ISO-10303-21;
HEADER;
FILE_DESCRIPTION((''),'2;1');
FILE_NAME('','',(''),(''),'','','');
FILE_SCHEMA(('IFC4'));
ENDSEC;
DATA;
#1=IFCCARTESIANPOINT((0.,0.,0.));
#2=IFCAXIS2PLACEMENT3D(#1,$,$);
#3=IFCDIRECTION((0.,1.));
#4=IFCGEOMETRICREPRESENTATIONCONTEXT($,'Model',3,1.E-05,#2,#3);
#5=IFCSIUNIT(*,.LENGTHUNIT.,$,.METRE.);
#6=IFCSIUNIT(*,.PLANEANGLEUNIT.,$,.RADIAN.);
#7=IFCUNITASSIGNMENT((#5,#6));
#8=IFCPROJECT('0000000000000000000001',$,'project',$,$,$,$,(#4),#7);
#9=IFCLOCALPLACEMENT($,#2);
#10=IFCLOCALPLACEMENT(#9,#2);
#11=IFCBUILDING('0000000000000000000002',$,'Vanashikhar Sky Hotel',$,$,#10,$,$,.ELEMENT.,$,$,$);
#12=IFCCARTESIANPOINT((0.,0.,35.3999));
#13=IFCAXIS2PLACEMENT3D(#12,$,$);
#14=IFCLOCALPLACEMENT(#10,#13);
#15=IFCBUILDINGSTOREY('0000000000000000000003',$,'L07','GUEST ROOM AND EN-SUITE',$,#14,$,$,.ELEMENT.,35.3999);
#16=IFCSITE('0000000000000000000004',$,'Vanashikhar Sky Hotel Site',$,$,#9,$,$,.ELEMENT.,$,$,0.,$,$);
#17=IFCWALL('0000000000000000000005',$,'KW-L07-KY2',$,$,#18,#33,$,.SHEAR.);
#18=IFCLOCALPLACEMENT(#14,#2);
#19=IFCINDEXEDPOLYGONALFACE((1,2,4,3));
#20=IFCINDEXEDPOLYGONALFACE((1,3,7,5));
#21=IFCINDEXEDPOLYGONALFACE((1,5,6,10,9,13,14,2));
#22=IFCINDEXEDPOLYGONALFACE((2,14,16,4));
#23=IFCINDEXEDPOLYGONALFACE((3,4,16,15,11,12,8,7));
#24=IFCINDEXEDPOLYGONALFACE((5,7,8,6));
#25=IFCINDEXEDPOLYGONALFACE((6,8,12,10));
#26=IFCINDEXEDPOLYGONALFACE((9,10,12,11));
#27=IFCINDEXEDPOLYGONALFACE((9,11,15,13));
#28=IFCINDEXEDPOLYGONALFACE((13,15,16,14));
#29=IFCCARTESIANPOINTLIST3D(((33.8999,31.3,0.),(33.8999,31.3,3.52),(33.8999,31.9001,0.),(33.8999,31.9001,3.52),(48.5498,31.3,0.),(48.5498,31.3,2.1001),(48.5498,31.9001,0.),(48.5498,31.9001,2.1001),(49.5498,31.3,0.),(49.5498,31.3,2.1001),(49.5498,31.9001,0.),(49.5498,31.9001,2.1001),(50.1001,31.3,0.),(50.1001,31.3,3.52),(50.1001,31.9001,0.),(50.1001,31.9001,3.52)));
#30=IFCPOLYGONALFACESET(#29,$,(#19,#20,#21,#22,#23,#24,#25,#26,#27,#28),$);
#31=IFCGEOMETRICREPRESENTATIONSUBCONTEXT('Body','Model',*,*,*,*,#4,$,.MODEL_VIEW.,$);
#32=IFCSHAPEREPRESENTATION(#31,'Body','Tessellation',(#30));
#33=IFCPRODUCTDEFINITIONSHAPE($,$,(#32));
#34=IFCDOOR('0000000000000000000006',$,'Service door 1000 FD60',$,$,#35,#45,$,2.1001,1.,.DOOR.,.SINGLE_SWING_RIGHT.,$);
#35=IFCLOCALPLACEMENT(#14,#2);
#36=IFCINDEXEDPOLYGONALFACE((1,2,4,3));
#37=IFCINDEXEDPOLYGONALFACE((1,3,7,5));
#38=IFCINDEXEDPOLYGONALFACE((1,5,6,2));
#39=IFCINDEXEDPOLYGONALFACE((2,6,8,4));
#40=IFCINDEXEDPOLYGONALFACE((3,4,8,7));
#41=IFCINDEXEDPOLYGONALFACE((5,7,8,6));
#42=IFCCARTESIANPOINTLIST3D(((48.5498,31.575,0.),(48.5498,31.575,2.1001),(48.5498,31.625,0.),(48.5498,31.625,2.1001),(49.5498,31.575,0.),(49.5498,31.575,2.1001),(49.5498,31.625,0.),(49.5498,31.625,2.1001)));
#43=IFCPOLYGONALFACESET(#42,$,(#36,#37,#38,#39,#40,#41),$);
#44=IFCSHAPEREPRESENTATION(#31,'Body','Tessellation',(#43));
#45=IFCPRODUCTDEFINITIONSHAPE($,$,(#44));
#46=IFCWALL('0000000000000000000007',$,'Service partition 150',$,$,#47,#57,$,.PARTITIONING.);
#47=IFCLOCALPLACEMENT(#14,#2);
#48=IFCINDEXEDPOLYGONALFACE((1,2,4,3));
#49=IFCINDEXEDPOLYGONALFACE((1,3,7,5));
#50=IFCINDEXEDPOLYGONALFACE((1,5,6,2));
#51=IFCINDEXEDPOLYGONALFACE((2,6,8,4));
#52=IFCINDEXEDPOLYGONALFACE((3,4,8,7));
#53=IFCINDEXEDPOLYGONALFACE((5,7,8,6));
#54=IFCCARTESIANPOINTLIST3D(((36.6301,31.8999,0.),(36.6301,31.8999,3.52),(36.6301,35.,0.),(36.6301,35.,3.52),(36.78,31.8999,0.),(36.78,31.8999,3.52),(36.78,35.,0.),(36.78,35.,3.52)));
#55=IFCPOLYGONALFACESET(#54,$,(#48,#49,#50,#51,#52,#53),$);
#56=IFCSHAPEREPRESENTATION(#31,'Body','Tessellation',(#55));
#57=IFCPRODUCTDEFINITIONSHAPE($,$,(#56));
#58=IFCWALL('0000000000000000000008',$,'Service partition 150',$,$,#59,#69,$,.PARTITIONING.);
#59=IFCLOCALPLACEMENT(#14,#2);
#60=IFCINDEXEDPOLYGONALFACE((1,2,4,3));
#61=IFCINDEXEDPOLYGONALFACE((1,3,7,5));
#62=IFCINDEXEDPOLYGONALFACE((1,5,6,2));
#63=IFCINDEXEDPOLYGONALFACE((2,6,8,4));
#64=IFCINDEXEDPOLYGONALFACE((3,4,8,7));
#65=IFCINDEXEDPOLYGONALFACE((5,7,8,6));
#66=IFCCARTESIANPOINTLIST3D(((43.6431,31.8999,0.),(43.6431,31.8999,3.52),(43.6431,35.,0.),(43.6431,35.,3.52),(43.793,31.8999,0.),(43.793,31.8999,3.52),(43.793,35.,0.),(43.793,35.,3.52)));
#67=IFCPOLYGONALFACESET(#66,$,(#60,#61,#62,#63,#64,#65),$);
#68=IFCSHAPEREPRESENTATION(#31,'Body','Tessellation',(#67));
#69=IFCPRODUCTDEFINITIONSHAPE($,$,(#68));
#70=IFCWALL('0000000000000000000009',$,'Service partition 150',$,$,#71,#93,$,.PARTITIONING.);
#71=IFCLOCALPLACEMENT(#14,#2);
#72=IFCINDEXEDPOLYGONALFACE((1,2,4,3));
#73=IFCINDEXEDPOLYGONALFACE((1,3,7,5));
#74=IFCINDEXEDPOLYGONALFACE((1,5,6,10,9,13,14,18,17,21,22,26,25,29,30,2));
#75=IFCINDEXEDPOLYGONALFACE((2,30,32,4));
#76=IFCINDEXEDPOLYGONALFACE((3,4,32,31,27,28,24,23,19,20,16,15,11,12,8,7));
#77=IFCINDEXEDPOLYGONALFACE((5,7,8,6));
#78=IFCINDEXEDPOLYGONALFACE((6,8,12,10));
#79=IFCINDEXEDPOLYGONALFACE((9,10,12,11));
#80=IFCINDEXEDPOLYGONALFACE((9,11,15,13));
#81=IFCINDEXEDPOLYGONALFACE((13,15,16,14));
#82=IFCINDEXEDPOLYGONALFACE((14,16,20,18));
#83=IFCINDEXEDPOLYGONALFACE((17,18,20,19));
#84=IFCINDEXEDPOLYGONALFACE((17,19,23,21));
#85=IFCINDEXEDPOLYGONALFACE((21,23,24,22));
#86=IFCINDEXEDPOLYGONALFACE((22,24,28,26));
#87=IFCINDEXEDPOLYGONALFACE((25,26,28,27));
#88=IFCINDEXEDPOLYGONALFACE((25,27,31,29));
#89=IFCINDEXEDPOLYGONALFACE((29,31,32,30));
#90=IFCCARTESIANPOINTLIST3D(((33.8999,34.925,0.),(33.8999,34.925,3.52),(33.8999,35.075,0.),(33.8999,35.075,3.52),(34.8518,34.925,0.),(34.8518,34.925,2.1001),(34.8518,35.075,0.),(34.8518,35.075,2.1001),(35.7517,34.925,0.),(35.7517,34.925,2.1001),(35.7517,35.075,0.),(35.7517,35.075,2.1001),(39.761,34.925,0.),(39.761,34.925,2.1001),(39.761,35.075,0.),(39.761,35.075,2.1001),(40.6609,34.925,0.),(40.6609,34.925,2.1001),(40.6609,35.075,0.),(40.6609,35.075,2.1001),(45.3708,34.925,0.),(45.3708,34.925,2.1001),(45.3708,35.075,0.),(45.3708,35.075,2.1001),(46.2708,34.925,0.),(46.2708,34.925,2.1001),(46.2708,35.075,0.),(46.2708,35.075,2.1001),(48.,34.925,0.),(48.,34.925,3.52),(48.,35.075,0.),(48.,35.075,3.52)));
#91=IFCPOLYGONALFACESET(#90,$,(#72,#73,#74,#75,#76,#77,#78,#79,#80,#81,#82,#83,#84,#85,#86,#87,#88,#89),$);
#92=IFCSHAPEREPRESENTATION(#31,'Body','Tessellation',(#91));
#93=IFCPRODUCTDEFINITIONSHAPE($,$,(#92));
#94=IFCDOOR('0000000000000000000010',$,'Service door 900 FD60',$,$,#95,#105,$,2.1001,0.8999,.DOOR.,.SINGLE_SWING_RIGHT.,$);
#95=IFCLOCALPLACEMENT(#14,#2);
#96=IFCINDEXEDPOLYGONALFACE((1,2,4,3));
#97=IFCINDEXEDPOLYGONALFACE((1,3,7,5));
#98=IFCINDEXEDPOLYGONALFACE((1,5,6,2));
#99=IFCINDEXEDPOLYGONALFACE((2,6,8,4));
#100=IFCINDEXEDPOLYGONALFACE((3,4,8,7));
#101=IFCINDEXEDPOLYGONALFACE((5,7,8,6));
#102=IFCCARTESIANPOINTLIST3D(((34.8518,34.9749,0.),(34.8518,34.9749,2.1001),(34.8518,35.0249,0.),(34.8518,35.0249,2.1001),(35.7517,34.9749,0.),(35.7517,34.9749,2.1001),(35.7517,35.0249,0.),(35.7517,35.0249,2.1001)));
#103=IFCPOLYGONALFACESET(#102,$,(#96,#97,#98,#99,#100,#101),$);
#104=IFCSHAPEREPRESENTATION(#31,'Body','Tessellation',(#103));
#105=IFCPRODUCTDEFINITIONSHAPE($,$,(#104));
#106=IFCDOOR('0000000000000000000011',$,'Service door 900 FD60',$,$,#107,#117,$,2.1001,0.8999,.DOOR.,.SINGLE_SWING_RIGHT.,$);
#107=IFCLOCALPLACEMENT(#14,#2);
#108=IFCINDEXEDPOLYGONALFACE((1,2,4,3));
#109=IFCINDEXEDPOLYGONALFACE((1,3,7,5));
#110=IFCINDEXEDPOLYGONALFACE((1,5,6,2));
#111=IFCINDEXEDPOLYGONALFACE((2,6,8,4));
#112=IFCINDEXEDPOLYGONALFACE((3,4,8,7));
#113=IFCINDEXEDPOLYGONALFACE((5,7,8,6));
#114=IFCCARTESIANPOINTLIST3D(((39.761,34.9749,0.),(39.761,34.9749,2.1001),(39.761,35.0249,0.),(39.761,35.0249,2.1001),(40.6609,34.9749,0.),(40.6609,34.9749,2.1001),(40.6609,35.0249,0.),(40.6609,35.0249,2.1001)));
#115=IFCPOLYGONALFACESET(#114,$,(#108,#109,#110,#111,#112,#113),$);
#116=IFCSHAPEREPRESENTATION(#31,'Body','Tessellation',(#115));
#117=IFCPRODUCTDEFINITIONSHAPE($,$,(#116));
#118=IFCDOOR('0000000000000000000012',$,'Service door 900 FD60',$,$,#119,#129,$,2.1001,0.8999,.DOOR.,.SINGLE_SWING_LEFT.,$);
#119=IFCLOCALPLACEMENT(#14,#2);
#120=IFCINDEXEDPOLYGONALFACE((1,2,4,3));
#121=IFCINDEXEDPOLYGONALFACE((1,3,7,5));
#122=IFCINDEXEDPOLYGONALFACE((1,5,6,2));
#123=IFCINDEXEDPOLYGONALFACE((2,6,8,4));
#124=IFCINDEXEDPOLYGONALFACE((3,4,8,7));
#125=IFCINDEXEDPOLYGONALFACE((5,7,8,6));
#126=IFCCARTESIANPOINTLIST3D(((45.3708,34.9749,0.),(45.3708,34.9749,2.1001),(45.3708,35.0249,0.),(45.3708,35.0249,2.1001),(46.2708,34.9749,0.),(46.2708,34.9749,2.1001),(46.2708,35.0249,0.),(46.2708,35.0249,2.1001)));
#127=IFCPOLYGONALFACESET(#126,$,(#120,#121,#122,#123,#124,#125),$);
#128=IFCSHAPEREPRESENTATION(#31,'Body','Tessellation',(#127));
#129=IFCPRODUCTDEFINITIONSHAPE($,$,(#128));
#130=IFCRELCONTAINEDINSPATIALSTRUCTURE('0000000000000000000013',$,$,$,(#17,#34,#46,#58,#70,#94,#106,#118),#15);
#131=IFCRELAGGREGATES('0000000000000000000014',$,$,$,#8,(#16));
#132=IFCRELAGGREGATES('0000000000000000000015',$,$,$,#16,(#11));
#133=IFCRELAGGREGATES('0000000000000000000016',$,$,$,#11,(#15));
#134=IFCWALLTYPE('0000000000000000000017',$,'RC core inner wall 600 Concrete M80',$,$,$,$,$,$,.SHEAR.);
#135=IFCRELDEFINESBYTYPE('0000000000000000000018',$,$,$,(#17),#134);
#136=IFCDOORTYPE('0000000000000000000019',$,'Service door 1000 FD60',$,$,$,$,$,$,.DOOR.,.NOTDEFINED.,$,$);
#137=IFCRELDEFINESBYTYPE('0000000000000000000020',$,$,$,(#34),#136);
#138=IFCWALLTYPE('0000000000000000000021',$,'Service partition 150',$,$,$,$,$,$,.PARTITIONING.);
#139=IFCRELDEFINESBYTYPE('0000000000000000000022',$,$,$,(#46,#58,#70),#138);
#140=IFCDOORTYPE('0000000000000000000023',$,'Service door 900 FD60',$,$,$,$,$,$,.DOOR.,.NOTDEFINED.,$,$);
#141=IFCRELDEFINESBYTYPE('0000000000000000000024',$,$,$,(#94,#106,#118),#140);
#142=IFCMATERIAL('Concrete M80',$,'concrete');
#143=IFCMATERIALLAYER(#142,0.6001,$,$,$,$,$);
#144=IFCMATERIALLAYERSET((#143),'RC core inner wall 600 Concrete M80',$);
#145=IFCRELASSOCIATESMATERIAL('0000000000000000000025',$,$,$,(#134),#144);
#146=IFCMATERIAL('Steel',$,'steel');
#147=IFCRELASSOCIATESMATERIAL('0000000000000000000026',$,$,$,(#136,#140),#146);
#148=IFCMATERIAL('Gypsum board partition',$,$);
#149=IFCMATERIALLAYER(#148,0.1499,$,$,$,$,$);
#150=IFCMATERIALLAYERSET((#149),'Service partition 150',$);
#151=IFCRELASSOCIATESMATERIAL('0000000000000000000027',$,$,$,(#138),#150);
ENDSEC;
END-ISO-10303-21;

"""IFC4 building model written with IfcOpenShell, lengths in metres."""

from ifc_helpers import new_model, si_unit, direction, frame, frame_2d, origin, place, context, subcontext, project, spatial, rectangle, extrude, source, transform, mapped, material, layer, layer_set, type_object, element, fill, save


model = new_model("IFC4")

# Units and contexts
model_context = context("Model", 3, precision=1e-05, world=origin(), true_north=direction((0.0, 1.0)))
body_context = subcontext(model_context, "Body", "Model", "MODEL_VIEW")
ifc_project = project(units=[si_unit("LENGTHUNIT", "METRE"), si_unit("PLANEANGLEUNIT", "RADIAN")], contexts=[model_context])

# Site, building, storey
site_placement = place(None, origin())
site = spatial("IfcSite", under=ifc_project, at=site_placement, Name="Vanashikhar Sky Hotel Site", CompositionType="ELEMENT", RefElevation=0.0)
building_placement = place(site_placement, origin())
building = spatial("IfcBuilding", under=site, at=building_placement, Name="Vanashikhar Sky Hotel", CompositionType="ELEMENT")
storey_placement = place(building_placement, frame((0.0, 0.0, 35.3999)))
storey = spatial("IfcBuildingStorey", under=building, at=storey_placement, Name="L07", Description="GUEST ROOM AND EN-SUITE", CompositionType="ELEMENT", Elevation=35.3999)

# Wall, opening, door
ifc_material_1 = material(Name="Concrete M80", Category="concrete")
ifc_layer_1 = layer(ifc_material_1, 0.6001)
ifc_layer_set_1 = layer_set([ifc_layer_1], Name="RC core inner wall 600 Concrete M80")
wall_type_1 = type_object("IfcWallType", Name="RC core inner wall 600 Concrete M80", PredefinedType="SHEAR", material=ifc_layer_set_1)
shared_shape_1 = source(origin(), body_context, "Body", "SweptSolid", [
    extrude(rectangle(XDim=16.2002, YDim=0.6001, at=frame_2d((8.1001, 0.0))), origin(), (0.0, 0.0, 1.0), 3.52),
])
wall_1_placement = place(storey_placement, frame((33.8999, 31.6001, 0.0), z_axis=(0.0, 0.0, 1.0), x_axis=(1.0, 0.0, 0.0)))
wall_1 = element("IfcWall", 1, at=wall_1_placement, inside=storey, type_object=wall_type_1, Name="KW-L07-KY2", PredefinedType="SHEAR", context=body_context, shape_type="MappedRepresentation", body=[
    mapped(shared_shape_1, transform((0.0, 0.0, 0.0), scale=1.0)),
])
shared_shape_2 = source(origin(), body_context, "Body", "SweptSolid", [
    extrude(rectangle(XDim=1.0, YDim=2.1001, at=frame_2d((0.5, 1.05))), frame((0.0, 0.3101, 0.0), z_axis=(0.0, -1.0, 0.0), x_axis=(1.0, 0.0, 0.0)), (0.0, 0.0, 1.0), 0.6201),
])
opening_1_placement = place(wall_1_placement, frame((14.6499, 0.0, 0.0)))
opening_1 = element("IfcOpeningElement", 2, at=opening_1_placement, cuts=wall_1, PredefinedType="OPENING", context=body_context, shape_type="MappedRepresentation", body=[
    mapped(shared_shape_2, transform((0.0, 0.0, 0.0), scale=1.0)),
])
ifc_material_2 = material(Name="Steel", Category="steel")
door_type_1 = type_object("IfcDoorType", Name="Service door 1000 FD60", OperationType="NOTDEFINED", PredefinedType="DOOR", material=ifc_material_2)
shared_shape_3 = source(origin(), body_context, "Body", "SweptSolid", [
    extrude(rectangle(XDim=1.0, YDim=2.1001, at=frame_2d((0.5, 1.05))), frame((0.0, 0.0249, 0.0), z_axis=(0.0, -1.0, 0.0), x_axis=(1.0, 0.0, 0.0)), (0.0, 0.0, 1.0), 0.05),
])
door_1_placement = place(opening_1_placement, origin())
door_1 = element("IfcDoor", 3, at=door_1_placement, inside=storey, type_object=door_type_1, Name="Service door 1000 FD60", OperationType="SINGLE_SWING_RIGHT", OverallHeight=2.1001, OverallWidth=1.0, PredefinedType="DOOR", context=body_context, shape_type="MappedRepresentation", body=[
    mapped(shared_shape_3, transform((0.0, 0.0, 0.0), scale=1.0)),
])
fill(opening_1, door_1)

# Walls
ifc_material_3 = material(Name="Gypsum board partition")
ifc_layer_2 = layer(ifc_material_3, 0.1499)
ifc_layer_set_2 = layer_set([ifc_layer_2], Name="Service partition 150")
wall_type_2 = type_object("IfcWallType", Name="Service partition 150", PredefinedType="PARTITIONING", material=ifc_layer_set_2)
shared_shape_4 = source(origin(), body_context, "Body", "SweptSolid", [
    extrude(rectangle(XDim=3.1001, YDim=0.1499, at=frame_2d((1.55, 0.0))), origin(), (0.0, 0.0, 1.0), 3.52),
])
for number, where, z_axis, x_axis, name in (
    (4, (36.7051, 31.8999, 0.0), (0.0, 0.0, 1.0), (0.0, 1.0, 0.0), "Service partition 150"),
    (5, (43.718, 31.8999, 0.0), (0.0, 0.0, 1.0), (0.0, 1.0, 0.0), "Service partition 150"),
):
    element("IfcWall", number, at=place(storey_placement, frame(where, z_axis=z_axis, x_axis=x_axis)), inside=storey, type_object=wall_type_2, Name=name, PredefinedType="PARTITIONING", context=body_context, shape_type="MappedRepresentation", body=[
        mapped(shared_shape_4, transform((0.0, 0.0, 0.0), scale=1.0)),
    ])

# Wall, openings, doors
shared_shape_5 = source(origin(), body_context, "Body", "SweptSolid", [
    extrude(rectangle(XDim=14.1001, YDim=0.1499, at=frame_2d((7.05, 0.0))), origin(), (0.0, 0.0, 1.0), 3.52),
])
wall_2_placement = place(storey_placement, frame((33.8999, 35.0, 0.0), z_axis=(0.0, 0.0, 1.0), x_axis=(1.0, 0.0, 0.0)))
wall_2 = element("IfcWall", 6, at=wall_2_placement, inside=storey, type_object=wall_type_2, Name="Service partition 150", PredefinedType="PARTITIONING", context=body_context, shape_type="MappedRepresentation", body=[
    mapped(shared_shape_5, transform((0.0, 0.0, 0.0), scale=1.0)),
])
shared_shape_6 = source(origin(), body_context, "Body", "SweptSolid", [
    extrude(rectangle(XDim=0.8999, YDim=2.1001, at=frame_2d((0.45, 1.05))), frame((0.0, 0.085, 0.0), z_axis=(0.0, -1.0, 0.0), x_axis=(1.0, 0.0, 0.0)), (0.0, 0.0, 1.0), 0.1699),
])
opening_2_placement = place(wall_2_placement, frame((0.9519, 0.0, 0.0)))
opening_2 = element("IfcOpeningElement", 7, at=opening_2_placement, cuts=wall_2, PredefinedType="OPENING", context=body_context, shape_type="MappedRepresentation", body=[
    mapped(shared_shape_6, transform((0.0, 0.0, 0.0), scale=1.0)),
])
opening_3_placement = place(wall_2_placement, frame((5.8611, 0.0, 0.0)))
opening_3 = element("IfcOpeningElement", 8, at=opening_3_placement, cuts=wall_2, PredefinedType="OPENING", context=body_context, shape_type="MappedRepresentation", body=[
    mapped(shared_shape_6, transform((0.0, 0.0, 0.0), scale=1.0)),
])
opening_4_placement = place(wall_2_placement, frame((11.4709, 0.0, 0.0)))
opening_4 = element("IfcOpeningElement", 9, at=opening_4_placement, cuts=wall_2, PredefinedType="OPENING", context=body_context, shape_type="MappedRepresentation", body=[
    mapped(shared_shape_6, transform((0.0, 0.0, 0.0), scale=1.0)),
])
door_type_2 = type_object("IfcDoorType", Name="Service door 900 FD60", OperationType="NOTDEFINED", PredefinedType="DOOR", material=ifc_material_2)
shared_shape_7 = source(origin(), body_context, "Body", "SweptSolid", [
    extrude(rectangle(XDim=0.8999, YDim=2.1001, at=frame_2d((0.45, 1.05))), frame((0.0, 0.0249, 0.0), z_axis=(0.0, -1.0, 0.0), x_axis=(1.0, 0.0, 0.0)), (0.0, 0.0, 1.0), 0.05),
])
door_2_placement = place(opening_2_placement, origin())
door_2 = element("IfcDoor", 10, at=door_2_placement, inside=storey, type_object=door_type_2, Name="Service door 900 FD60", OperationType="SINGLE_SWING_RIGHT", OverallHeight=2.1001, OverallWidth=0.8999, PredefinedType="DOOR", context=body_context, shape_type="MappedRepresentation", body=[
    mapped(shared_shape_7, transform((0.0, 0.0, 0.0), scale=1.0)),
])
fill(opening_2, door_2)
door_3_placement = place(opening_3_placement, origin())
door_3 = element("IfcDoor", 11, at=door_3_placement, inside=storey, type_object=door_type_2, Name="Service door 900 FD60", OperationType="SINGLE_SWING_RIGHT", OverallHeight=2.1001, OverallWidth=0.8999, PredefinedType="DOOR", context=body_context, shape_type="MappedRepresentation", body=[
    mapped(shared_shape_7, transform((0.0, 0.0, 0.0), scale=1.0)),
])
fill(opening_3, door_3)
door_4_placement = place(opening_4_placement, origin())
door_4 = element("IfcDoor", 12, at=door_4_placement, inside=storey, type_object=door_type_2, Name="Service door 900 FD60", OperationType="SINGLE_SWING_LEFT", OverallHeight=2.1001, OverallWidth=0.8999, PredefinedType="DOOR", context=body_context, shape_type="MappedRepresentation", body=[
    mapped(shared_shape_7, transform((0.0, 0.0, 0.0), scale=1.0)),
])
fill(opening_4, door_4)

save(model, "model.ifc")
